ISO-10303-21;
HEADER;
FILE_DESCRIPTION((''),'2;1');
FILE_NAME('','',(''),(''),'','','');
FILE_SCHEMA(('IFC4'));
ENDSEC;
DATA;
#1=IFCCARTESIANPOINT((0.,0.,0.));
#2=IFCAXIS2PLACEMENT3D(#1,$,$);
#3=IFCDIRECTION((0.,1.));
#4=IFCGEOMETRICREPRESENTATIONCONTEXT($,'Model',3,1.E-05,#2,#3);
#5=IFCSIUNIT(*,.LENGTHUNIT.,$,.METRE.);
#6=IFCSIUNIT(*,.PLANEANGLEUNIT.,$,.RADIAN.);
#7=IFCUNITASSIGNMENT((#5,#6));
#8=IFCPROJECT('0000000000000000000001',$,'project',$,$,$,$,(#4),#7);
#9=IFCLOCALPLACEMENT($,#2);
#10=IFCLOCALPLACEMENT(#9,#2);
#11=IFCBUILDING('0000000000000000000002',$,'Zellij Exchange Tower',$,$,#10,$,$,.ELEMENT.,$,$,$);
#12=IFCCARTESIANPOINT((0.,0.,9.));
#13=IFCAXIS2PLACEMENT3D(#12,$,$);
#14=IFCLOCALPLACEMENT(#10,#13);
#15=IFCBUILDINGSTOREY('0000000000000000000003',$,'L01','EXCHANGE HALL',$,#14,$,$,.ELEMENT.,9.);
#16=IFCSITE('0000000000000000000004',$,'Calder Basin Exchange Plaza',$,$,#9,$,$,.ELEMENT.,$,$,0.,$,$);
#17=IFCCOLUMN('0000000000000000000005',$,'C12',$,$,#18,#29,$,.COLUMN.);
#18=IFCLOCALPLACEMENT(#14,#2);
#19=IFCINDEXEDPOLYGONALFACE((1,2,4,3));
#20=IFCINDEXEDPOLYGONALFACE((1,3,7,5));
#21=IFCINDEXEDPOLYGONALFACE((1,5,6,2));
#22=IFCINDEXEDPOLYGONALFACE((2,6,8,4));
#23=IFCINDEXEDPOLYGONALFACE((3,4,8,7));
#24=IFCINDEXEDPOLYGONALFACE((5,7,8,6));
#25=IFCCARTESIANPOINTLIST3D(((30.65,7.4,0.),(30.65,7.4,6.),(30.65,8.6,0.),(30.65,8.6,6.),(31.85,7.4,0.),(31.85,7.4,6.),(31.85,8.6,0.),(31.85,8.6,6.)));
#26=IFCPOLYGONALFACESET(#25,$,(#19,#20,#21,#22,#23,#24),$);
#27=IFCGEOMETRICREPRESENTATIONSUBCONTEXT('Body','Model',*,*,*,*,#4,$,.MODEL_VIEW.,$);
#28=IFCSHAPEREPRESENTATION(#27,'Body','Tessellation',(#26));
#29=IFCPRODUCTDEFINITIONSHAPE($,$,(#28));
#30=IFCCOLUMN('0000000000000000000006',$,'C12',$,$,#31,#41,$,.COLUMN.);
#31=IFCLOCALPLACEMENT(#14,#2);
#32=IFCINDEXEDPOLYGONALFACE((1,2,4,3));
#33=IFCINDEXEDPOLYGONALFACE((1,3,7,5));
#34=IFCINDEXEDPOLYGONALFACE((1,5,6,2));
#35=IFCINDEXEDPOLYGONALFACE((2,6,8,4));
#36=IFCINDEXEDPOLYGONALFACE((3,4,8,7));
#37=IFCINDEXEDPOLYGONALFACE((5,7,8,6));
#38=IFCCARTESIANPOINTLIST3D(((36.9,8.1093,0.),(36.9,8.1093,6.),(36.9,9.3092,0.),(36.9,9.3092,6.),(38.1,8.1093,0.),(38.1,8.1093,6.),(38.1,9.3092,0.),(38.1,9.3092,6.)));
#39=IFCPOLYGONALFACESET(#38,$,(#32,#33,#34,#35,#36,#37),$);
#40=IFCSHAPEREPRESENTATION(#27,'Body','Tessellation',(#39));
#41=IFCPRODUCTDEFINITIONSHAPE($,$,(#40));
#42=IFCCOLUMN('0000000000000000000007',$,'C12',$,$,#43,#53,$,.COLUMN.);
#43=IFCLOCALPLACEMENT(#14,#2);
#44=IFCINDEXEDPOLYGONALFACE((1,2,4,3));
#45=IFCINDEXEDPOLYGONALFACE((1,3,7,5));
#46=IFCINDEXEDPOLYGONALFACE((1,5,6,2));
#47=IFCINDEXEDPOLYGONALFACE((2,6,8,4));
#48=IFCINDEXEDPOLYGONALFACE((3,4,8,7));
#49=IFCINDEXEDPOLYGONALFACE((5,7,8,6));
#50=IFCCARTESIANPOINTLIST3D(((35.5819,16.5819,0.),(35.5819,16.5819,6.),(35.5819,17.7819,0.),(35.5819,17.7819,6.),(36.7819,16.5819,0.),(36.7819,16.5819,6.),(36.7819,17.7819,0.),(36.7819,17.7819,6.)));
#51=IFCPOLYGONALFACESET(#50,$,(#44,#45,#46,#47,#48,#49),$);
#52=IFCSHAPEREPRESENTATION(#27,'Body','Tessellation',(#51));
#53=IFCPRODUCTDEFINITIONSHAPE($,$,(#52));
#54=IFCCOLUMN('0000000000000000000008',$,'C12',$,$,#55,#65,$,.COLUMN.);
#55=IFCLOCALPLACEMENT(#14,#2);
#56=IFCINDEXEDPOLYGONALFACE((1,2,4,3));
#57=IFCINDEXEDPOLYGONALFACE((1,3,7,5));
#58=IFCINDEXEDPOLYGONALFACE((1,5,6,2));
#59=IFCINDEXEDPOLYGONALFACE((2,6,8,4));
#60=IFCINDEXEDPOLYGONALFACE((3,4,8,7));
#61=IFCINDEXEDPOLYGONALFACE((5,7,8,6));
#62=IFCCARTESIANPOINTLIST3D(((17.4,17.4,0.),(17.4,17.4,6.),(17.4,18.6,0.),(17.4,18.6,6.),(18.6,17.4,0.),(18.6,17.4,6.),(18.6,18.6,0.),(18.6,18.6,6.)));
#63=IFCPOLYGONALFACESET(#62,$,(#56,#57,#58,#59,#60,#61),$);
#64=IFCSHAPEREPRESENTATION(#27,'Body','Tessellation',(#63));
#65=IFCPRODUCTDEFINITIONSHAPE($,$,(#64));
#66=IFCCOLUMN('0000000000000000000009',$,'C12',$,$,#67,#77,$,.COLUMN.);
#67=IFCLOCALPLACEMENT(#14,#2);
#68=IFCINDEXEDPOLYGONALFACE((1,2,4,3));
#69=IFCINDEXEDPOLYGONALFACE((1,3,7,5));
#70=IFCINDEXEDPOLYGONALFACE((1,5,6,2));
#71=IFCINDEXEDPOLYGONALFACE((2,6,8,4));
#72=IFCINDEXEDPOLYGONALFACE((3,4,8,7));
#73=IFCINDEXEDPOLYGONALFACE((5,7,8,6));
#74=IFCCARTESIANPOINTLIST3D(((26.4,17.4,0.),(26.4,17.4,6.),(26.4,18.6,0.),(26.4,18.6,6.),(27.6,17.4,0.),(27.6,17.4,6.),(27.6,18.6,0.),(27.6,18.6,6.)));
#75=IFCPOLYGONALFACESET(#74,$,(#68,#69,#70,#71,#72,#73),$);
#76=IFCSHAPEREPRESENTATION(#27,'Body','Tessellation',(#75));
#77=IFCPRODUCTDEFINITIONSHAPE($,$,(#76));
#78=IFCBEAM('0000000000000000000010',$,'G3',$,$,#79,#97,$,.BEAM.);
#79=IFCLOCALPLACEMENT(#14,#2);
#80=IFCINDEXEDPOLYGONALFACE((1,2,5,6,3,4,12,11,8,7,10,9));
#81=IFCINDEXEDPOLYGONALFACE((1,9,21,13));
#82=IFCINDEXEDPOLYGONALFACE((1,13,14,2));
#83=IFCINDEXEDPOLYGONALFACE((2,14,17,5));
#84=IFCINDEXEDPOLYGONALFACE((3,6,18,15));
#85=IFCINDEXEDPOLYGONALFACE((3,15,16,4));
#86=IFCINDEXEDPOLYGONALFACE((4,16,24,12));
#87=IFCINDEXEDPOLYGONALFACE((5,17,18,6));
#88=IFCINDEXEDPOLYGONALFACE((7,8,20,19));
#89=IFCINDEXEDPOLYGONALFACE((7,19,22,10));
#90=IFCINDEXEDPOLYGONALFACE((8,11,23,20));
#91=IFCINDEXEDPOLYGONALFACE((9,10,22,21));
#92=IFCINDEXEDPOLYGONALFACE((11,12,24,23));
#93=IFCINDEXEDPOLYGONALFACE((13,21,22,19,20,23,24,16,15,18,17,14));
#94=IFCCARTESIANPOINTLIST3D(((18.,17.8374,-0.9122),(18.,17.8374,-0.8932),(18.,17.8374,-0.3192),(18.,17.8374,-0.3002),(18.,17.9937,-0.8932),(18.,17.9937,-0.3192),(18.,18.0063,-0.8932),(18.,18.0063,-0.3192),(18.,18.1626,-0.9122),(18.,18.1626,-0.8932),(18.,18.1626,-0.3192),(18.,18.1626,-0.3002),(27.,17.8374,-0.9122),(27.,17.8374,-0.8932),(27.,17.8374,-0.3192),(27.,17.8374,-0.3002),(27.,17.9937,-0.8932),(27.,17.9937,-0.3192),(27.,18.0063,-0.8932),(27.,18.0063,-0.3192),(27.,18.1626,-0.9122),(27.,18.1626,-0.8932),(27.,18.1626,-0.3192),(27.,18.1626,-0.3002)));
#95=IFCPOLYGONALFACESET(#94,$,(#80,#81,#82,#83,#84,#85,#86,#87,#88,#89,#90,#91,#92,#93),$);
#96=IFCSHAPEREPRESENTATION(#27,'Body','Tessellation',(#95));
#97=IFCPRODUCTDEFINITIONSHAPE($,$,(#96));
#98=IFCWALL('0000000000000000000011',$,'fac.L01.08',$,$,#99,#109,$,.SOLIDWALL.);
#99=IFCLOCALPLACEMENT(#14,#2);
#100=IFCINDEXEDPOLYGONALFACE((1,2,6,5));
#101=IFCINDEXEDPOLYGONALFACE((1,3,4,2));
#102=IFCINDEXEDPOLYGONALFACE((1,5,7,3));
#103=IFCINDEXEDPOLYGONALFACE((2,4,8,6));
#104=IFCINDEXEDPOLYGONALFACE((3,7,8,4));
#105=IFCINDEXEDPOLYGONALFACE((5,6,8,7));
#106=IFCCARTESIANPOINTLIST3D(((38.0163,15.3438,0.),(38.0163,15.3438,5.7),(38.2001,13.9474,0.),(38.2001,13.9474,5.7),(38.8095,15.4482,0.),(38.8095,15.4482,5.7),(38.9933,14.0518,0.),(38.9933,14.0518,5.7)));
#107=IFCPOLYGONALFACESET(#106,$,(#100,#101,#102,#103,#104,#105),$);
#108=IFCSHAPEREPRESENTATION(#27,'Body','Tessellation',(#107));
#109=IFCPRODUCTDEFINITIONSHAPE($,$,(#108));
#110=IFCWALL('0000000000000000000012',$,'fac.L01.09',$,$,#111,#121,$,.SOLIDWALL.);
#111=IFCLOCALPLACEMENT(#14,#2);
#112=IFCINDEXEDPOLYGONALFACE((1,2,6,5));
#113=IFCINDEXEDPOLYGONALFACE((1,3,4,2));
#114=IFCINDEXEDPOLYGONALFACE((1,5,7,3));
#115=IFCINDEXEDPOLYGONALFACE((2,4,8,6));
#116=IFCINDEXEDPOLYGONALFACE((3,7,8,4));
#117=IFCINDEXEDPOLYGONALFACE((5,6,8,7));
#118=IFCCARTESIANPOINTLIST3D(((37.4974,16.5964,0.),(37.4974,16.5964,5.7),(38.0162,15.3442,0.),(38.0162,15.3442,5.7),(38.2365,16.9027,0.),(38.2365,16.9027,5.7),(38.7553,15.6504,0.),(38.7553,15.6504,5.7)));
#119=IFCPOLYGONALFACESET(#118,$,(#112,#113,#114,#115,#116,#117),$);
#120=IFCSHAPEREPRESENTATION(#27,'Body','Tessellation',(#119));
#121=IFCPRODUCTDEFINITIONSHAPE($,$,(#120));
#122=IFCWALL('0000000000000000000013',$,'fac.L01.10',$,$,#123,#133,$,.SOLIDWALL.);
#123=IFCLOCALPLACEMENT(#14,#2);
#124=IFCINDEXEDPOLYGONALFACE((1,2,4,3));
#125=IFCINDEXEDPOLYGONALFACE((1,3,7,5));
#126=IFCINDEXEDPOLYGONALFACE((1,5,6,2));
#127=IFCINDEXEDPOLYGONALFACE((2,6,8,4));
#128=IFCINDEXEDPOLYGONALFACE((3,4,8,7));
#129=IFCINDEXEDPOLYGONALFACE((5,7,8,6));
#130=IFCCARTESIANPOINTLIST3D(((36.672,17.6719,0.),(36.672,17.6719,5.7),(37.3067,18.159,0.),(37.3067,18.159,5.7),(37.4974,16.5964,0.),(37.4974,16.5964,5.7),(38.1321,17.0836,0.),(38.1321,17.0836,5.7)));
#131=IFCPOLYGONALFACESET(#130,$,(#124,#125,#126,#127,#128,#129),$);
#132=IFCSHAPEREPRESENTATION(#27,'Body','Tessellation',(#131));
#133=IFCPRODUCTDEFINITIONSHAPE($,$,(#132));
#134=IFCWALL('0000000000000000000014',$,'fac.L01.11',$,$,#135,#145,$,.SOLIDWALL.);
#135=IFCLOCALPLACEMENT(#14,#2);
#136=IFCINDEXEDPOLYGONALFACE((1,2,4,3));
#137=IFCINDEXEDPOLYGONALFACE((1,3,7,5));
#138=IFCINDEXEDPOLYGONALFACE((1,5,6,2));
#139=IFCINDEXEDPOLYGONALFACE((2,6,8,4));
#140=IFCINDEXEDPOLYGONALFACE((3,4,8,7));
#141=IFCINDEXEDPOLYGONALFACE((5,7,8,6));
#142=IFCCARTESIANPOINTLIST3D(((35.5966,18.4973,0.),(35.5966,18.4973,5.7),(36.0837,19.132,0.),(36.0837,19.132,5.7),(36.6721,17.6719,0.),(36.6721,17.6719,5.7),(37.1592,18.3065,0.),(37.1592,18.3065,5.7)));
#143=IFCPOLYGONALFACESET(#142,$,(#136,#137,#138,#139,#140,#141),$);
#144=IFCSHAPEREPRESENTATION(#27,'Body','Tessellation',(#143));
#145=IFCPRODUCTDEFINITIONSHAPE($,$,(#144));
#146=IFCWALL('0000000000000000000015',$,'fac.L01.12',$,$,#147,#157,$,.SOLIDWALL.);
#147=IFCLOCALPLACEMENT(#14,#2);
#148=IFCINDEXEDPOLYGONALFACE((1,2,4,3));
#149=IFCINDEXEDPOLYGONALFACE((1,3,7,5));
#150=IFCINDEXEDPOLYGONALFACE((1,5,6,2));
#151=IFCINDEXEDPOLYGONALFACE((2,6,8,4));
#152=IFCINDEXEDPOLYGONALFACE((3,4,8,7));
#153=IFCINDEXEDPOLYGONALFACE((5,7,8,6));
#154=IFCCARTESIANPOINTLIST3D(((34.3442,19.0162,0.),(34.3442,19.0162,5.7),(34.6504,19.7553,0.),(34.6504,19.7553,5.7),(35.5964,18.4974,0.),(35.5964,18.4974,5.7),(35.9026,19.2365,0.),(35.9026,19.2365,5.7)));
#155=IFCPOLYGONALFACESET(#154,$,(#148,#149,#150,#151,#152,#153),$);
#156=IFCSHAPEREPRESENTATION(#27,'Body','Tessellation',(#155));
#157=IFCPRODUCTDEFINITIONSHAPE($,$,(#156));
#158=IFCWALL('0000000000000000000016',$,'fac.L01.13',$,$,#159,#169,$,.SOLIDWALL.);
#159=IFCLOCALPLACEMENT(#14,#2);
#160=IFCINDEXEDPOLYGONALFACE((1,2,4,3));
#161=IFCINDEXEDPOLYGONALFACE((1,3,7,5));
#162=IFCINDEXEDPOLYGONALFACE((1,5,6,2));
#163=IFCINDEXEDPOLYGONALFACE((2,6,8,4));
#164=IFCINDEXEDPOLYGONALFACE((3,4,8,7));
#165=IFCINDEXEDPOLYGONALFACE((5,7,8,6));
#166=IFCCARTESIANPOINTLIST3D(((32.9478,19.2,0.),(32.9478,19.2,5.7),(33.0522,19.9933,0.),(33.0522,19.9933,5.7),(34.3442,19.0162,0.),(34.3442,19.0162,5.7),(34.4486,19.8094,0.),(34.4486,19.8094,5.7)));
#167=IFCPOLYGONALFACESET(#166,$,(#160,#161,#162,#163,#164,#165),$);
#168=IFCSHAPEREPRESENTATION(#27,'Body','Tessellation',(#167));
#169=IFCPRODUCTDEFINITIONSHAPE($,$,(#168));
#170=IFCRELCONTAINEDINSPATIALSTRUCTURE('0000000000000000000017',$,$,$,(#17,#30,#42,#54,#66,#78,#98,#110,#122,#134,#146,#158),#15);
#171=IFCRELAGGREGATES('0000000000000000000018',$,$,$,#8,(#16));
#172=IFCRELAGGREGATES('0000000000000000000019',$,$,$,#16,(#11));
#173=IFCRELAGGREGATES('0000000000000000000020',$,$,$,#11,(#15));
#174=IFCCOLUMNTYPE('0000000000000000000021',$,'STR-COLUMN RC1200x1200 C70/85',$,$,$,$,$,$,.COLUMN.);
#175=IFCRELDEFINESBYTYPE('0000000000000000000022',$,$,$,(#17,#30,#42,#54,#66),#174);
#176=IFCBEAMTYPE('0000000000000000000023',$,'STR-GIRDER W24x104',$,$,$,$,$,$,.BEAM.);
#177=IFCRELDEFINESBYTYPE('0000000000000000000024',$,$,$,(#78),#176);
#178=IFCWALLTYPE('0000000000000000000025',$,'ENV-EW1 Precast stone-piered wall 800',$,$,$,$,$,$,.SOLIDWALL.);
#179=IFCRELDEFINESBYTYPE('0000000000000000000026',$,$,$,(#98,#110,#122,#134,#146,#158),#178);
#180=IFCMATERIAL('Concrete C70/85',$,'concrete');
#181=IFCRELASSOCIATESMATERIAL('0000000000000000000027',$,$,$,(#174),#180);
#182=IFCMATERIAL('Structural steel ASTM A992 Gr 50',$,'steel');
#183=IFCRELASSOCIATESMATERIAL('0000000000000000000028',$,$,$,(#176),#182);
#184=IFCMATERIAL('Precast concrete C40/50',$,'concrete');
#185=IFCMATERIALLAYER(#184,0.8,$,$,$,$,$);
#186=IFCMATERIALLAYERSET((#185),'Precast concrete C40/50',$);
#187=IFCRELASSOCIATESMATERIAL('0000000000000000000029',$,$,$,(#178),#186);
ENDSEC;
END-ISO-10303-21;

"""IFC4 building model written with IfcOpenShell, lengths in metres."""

from ifc_helpers import new_model, si_unit, direction, frame, frame_2d, origin, origin_2d, place, context, subcontext, project, spatial, rectangle, i_section, extrude, material, layer, layer_set, material_profile, profile_set, type_object, element, save


model = new_model("IFC4")

# Units and contexts
model_context = context("Model", 3, precision=1e-05, world=origin(), true_north=direction((0.0, 1.0)))
body_context = subcontext(model_context, "Body", "Model", "MODEL_VIEW")
ifc_project = project(units=[si_unit("LENGTHUNIT", "METRE"), si_unit("PLANEANGLEUNIT", "RADIAN")], contexts=[model_context])

# Site, building, storey
site_placement = place(None, origin())
site = spatial("IfcSite", under=ifc_project, at=site_placement, Name="Calder Basin Exchange Plaza", CompositionType="ELEMENT", RefElevation=0.0)
building_placement = place(site_placement, origin())
building = spatial("IfcBuilding", under=site, at=building_placement, Name="Zellij Exchange Tower", CompositionType="ELEMENT")
storey_placement = place(building_placement, frame((0.0, 0.0, 9.0)))
storey = spatial("IfcBuildingStorey", under=building, at=storey_placement, Name="L01", Description="EXCHANGE HALL", CompositionType="ELEMENT", Elevation=9.0)

# Columns
ifc_material_1 = material(Name="Concrete C70/85", Category="concrete")
ifc_material_profile_1 = material_profile(ifc_material_1, rectangle(XDim=1.2, YDim=1.2, at=origin_2d()), Name="STR-COLUMN RC1200x1200 C70/85")
ifc_profile_set_1 = profile_set([ifc_material_profile_1], Name="Concrete C70/85")
column_type = type_object("IfcColumnType", Name="STR-COLUMN RC1200x1200 C70/85", PredefinedType="COLUMN", material=ifc_profile_set_1)
for number, where, z_axis, x_axis, name in (
    (1, (31.25, 8.0, 0.0), (0.0, 0.0, 1.0), (1.0, 0.0, 0.0), "C12"),
    (2, (37.5, 8.7092, 0.0), (0.0, 0.0, 1.0), (1.0, 0.0, 0.0), "C12"),
    (3, (36.1819, 17.1819, 0.0), (0.0, 0.0, 1.0), (1.0, 0.0, 0.0), "C12"),
    (4, (18.0, 18.0, 0.0), (0.0, 0.0, 1.0), (1.0, 0.0, 0.0), "C12"),
    (5, (27.0, 18.0, 0.0), (0.0, 0.0, 1.0), (1.0, 0.0, 0.0), "C12"),
):
    element("IfcColumn", number, at=place(storey_placement, frame(where, z_axis=z_axis, x_axis=x_axis)), inside=storey, type_object=column_type, Name=name, PredefinedType="COLUMN", context=body_context, shape_type="SweptSolid", body=[
        extrude(rectangle(XDim=1.2, YDim=1.2, at=origin_2d()), origin(), (0.0, 0.0, 1.0), 6.0),
    ])

# Beam
ifc_material_2 = material(Name="Structural steel ASTM A992 Gr 50", Category="steel")
ifc_material_profile_2 = material_profile(ifc_material_2, i_section(OverallWidth=0.3252, OverallDepth=0.6121, WebThickness=0.0127, FlangeThickness=0.019, at=origin_2d()), Name="W24x104")
ifc_profile_set_2 = profile_set([ifc_material_profile_2], Name="Structural steel ASTM A992 Gr 50")
beam_type = type_object("IfcBeamType", Name="STR-GIRDER W24x104", PredefinedType="BEAM", material=ifc_profile_set_2)
beam_placement = place(storey_placement, frame((18.0, 18.0, -0.6062), z_axis=(1.0, 0.0, 0.0), x_axis=(0.0, 1.0, 0.0)))
element("IfcBeam", 6, at=beam_placement, inside=storey, type_object=beam_type, Name="G3", PredefinedType="BEAM", context=body_context, shape_type="SweptSolid", body=[
    extrude(i_section(OverallWidth=0.3252, OverallDepth=0.6121, WebThickness=0.0127, FlangeThickness=0.019, at=origin_2d()), origin(), (0.0, 0.0, 1.0), 9.0),
])

# Walls
ifc_material_3 = material(Name="Precast concrete C40/50", Category="concrete")
ifc_layer_1 = layer(ifc_material_3, 0.8)
ifc_layer_set_1 = layer_set([ifc_layer_1], Name="Precast concrete C40/50")
wall_type_1 = type_object("IfcWallType", Name="ENV-EW1 Precast stone-piered wall 800", PredefinedType="SOLIDWALL", material=ifc_layer_set_1)
wall_1_placement = place(storey_placement, frame((38.5967, 13.9998, 0.0), z_axis=(0.0, 0.0, 1.0), x_axis=(-0.130517, 0.991446, 0.0)))
element("IfcWall", 7, at=wall_1_placement, inside=storey, type_object=wall_type_1, Name="fac.L01.08", PredefinedType="SOLIDWALL", context=body_context, shape_type="SweptSolid", body=[
    extrude(rectangle(XDim=1.4084, YDim=0.8, at=frame_2d((0.7041, 0.0))), origin(), (0.0, 0.0, 1.0), 5.7),
])
wall_2_placement = place(storey_placement, frame((38.3857, 15.4973, 0.0), z_axis=(0.0, 0.0, 1.0), x_axis=(-0.38276, 0.923848, 0.0)))
element("IfcWall", 8, at=wall_2_placement, inside=storey, type_object=wall_type_1, Name="fac.L01.09", PredefinedType="SOLIDWALL", context=body_context, shape_type="SweptSolid", body=[
    extrude(rectangle(XDim=1.3555, YDim=0.8, at=frame_2d((0.6777, 0.0))), origin(), (0.0, 0.0, 1.0), 5.7),
])
for number, where, z_axis, x_axis, name in (
    (9, (37.8147, 16.8401, 0.0), (0.0, 0.0, 1.0), (-0.608866, 0.793273, 0.0), "fac.L01.10"),
    (10, (36.9155, 17.9893, 0.0), (0.0, 0.0, 1.0), (-0.793273, 0.608866, 0.0), "fac.L01.11"),
):
    element("IfcWall", number, at=place(storey_placement, frame(where, z_axis=z_axis, x_axis=x_axis)), inside=storey, type_object=wall_type_1, Name=name, PredefinedType="SOLIDWALL", context=body_context, shape_type="SweptSolid", body=[
        extrude(rectangle(XDim=1.3557, YDim=0.8, at=frame_2d((0.6777, 0.0))), origin(), (0.0, 0.0, 1.0), 5.7),
    ])
wall_3_placement = place(storey_placement, frame((35.7495, 18.8669, 0.0), z_axis=(0.0, 0.0, 1.0), x_axis=(-0.923848, 0.38276, 0.0)))
element("IfcWall", 11, at=wall_3_placement, inside=storey, type_object=wall_type_1, Name="fac.L01.12", PredefinedType="SOLIDWALL", context=body_context, shape_type="SweptSolid", body=[
    extrude(rectangle(XDim=1.3555, YDim=0.8, at=frame_2d((0.6777, 0.0))), origin(), (0.0, 0.0, 1.0), 5.7),
])
wall_4_placement = place(storey_placement, frame((34.3962, 19.4128, 0.0), z_axis=(0.0, 0.0, 1.0), x_axis=(-0.991446, 0.130517, 0.0)))
element("IfcWall", 12, at=wall_4_placement, inside=storey, type_object=wall_type_1, Name="fac.L01.13", PredefinedType="SOLIDWALL", context=body_context, shape_type="SweptSolid", body=[
    extrude(rectangle(XDim=1.4084, YDim=0.8, at=frame_2d((0.7041, 0.0))), origin(), (0.0, 0.0, 1.0), 5.7),
])

save(model, "model.ifc")
